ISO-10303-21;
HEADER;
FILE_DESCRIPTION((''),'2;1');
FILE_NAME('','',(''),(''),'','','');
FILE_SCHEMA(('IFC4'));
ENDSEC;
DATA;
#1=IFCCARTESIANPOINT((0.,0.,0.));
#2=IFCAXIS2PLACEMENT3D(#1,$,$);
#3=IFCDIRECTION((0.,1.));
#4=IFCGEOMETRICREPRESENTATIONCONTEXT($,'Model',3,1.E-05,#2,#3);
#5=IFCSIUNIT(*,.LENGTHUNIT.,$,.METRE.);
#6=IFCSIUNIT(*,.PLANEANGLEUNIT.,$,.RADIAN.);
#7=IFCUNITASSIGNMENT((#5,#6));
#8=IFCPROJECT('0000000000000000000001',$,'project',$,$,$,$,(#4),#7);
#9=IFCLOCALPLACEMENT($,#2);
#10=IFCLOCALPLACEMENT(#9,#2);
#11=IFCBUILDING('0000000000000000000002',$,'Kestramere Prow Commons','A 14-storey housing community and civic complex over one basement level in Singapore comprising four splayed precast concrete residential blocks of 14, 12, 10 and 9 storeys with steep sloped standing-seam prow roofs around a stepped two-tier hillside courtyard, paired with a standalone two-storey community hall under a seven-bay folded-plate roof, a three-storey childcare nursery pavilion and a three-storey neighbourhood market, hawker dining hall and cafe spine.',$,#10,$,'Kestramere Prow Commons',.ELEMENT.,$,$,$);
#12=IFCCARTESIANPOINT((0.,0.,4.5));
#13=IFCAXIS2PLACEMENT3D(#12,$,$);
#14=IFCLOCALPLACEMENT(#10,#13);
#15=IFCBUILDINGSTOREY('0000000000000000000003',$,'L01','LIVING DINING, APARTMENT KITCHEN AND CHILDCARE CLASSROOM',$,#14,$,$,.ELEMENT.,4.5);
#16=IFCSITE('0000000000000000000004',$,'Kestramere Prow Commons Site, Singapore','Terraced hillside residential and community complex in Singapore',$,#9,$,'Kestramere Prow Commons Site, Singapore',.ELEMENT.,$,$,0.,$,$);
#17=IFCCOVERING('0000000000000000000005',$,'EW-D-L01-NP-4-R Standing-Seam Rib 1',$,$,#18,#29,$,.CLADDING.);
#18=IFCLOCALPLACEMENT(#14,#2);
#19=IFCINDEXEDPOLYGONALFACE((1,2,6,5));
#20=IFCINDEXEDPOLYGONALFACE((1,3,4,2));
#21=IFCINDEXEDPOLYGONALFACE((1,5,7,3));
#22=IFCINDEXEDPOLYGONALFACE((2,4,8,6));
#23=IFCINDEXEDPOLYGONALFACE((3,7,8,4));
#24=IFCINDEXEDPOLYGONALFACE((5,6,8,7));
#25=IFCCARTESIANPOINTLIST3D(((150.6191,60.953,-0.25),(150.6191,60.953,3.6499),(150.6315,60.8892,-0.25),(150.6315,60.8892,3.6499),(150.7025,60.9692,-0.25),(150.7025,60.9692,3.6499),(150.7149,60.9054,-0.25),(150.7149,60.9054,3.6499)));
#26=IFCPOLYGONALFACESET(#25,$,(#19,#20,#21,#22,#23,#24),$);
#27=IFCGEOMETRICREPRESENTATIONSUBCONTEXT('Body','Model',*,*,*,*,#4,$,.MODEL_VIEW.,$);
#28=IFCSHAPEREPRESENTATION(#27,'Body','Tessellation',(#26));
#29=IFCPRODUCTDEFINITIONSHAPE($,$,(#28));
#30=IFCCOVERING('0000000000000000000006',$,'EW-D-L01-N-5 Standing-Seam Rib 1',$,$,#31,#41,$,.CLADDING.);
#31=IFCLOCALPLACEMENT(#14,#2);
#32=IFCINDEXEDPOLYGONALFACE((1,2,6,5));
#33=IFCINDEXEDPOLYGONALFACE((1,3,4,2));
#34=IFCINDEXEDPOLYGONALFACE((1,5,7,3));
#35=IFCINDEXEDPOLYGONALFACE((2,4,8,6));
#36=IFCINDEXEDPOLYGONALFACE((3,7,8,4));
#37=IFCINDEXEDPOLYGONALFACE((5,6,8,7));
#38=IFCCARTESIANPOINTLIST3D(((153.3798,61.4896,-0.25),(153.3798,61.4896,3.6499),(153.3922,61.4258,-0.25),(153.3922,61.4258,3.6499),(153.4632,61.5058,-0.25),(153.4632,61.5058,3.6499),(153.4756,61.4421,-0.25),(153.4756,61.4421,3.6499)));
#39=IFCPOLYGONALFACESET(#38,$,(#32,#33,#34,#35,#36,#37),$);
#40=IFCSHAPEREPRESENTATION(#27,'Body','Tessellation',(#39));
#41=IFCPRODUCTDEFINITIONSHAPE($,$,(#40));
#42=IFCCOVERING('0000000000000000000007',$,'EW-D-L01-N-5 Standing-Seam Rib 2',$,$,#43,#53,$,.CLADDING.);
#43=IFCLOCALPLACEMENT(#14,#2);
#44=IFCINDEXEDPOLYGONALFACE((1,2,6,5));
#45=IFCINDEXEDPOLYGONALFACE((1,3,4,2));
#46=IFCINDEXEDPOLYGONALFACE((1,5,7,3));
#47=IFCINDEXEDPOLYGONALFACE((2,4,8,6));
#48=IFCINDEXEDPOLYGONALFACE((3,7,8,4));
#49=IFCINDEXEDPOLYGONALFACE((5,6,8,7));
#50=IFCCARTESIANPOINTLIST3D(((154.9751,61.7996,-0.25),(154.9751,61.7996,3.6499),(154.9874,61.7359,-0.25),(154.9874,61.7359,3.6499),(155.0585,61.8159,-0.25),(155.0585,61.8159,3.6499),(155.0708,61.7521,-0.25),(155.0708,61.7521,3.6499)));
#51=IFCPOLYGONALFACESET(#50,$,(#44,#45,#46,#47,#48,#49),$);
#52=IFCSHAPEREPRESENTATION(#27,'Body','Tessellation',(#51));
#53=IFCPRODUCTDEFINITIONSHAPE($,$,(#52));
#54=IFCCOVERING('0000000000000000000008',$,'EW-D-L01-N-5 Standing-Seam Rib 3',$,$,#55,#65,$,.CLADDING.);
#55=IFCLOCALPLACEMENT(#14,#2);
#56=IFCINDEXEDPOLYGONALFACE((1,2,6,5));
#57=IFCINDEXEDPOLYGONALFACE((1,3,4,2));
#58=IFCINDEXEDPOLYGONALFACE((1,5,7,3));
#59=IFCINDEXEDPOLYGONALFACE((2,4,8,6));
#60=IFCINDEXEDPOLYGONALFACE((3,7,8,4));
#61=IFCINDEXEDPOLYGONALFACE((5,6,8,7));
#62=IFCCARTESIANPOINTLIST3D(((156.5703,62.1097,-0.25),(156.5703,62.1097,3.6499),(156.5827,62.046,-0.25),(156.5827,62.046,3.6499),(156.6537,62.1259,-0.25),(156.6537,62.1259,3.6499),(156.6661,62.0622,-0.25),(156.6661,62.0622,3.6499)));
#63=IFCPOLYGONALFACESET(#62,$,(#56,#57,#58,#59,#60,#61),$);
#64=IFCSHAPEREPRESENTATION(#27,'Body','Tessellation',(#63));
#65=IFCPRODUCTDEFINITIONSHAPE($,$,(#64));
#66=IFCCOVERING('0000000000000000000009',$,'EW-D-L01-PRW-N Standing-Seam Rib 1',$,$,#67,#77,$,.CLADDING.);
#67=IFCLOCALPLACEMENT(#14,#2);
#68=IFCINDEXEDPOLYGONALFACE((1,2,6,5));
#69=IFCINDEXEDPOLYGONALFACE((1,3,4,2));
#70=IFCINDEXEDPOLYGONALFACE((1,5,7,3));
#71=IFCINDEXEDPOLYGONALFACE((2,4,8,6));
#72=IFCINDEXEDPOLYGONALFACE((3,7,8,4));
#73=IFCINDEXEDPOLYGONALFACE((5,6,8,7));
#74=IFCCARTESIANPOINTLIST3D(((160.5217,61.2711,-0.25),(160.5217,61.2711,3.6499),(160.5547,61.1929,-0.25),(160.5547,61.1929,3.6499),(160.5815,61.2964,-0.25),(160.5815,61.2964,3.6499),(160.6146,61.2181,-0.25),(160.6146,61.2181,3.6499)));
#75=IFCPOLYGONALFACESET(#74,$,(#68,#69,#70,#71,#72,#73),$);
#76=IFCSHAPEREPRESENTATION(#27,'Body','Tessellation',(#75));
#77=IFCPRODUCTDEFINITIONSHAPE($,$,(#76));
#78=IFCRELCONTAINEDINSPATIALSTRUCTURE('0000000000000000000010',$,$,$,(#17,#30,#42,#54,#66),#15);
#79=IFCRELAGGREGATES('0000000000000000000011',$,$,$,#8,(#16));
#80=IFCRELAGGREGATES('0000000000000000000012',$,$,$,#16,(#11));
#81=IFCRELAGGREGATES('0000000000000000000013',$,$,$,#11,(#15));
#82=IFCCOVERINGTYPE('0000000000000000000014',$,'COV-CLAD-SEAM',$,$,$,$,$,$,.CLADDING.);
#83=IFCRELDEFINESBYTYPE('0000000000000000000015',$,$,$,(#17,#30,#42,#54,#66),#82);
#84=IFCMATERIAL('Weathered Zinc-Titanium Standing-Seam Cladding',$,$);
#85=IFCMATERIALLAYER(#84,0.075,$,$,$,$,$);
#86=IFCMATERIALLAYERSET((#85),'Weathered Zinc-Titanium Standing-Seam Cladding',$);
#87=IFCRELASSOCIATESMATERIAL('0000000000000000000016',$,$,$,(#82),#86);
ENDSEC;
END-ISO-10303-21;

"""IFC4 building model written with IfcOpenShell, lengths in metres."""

from ifc_helpers import new_model, si_unit, direction, frame, origin, origin_2d, place, context, subcontext, project, spatial, rectangle, extrude, material, layer, layer_set, type_object, element, save


model = new_model("IFC4")

# Units and contexts
model_context = context("Model", 3, precision=1e-05, world=origin(), true_north=direction((0.0, 1.0)))
body_context = subcontext(model_context, "Body", "Model", "MODEL_VIEW")
ifc_project = project(units=[si_unit("LENGTHUNIT", "METRE"), si_unit("PLANEANGLEUNIT", "RADIAN")], contexts=[model_context])

# Site, building, storey
site_placement = place(None, origin())
site = spatial("IfcSite", under=ifc_project, at=site_placement, Name="Kestramere Prow Commons Site, Singapore", Description="Terraced hillside residential and community complex in Singapore", LongName="Kestramere Prow Commons Site, Singapore", CompositionType="ELEMENT", RefElevation=0.0)
building_placement = place(site_placement, origin())
building = spatial("IfcBuilding", under=site, at=building_placement, Name="Kestramere Prow Commons", Description="A 14-storey housing community and civic complex over one basement level in Singapore comprising four splayed precast concrete residential blocks of 14, 12, 10 and 9 storeys with steep sloped standing-seam prow roofs around a stepped two-tier hillside courtyard, paired with a standalone two-storey community hall under a seven-bay folded-plate roof, a three-storey childcare nursery pavilion and a three-storey neighbourhood market, hawker dining hall and cafe spine.", LongName="Kestramere Prow Commons", CompositionType="ELEMENT")
storey_placement = place(building_placement, frame((0.0, 0.0, 4.5)))
storey = spatial("IfcBuildingStorey", under=building, at=storey_placement, Name="L01", Description="LIVING DINING, APARTMENT KITCHEN AND CHILDCARE CLASSROOM", CompositionType="ELEMENT", Elevation=4.5)

# Shared definitions
ifc_material_1 = material(Name="Weathered Zinc-Titanium Standing-Seam Cladding")

# Coverings
ifc_layer_1 = layer(ifc_material_1, 0.075)
ifc_layer_set_1 = layer_set([ifc_layer_1], Name="Weathered Zinc-Titanium Standing-Seam Cladding")
covering_type = type_object("IfcCoveringType", Name="COV-CLAD-SEAM", PredefinedType="CLADDING", material=ifc_layer_set_1)
for number, where, z_axis, x_axis, name in (
    (1, (150.667, 60.9292, -0.25), (0.0, 0.0, 1.0), (0.981627, 0.190809, 0.0), "EW-D-L01-NP-4-R Standing-Seam Rib 1"),
    (2, (153.4277, 61.4658, -0.25), (0.0, 0.0, 1.0), (0.981627, 0.190809, 0.0), "EW-D-L01-N-5 Standing-Seam Rib 1"),
    (3, (155.0229, 61.7759, -0.25), (0.0, 0.0, 1.0), (0.981627, 0.190809, 0.0), "EW-D-L01-N-5 Standing-Seam Rib 2"),
    (4, (156.6182, 62.0859, -0.25), (0.0, 0.0, 1.0), (0.981627, 0.190809, 0.0), "EW-D-L01-N-5 Standing-Seam Rib 3"),
    (5, (160.5681, 61.2446, -0.25), (0.0, 0.0, 1.0), (0.38922, -0.921145, 0.0), "EW-D-L01-PRW-N Standing-Seam Rib 1"),
):
    element("IfcCovering", number, at=place(storey_placement, frame(where, z_axis=z_axis, x_axis=x_axis)), inside=storey, type_object=covering_type, Name=name, PredefinedType="CLADDING", context=body_context, shape_type="SweptSolid", body=[
        extrude(rectangle(XDim=0.085, YDim=0.0649, at=origin_2d()), origin(), (0.0, 0.0, 1.0), 3.8999),
    ])

save(model, "model.ifc")
